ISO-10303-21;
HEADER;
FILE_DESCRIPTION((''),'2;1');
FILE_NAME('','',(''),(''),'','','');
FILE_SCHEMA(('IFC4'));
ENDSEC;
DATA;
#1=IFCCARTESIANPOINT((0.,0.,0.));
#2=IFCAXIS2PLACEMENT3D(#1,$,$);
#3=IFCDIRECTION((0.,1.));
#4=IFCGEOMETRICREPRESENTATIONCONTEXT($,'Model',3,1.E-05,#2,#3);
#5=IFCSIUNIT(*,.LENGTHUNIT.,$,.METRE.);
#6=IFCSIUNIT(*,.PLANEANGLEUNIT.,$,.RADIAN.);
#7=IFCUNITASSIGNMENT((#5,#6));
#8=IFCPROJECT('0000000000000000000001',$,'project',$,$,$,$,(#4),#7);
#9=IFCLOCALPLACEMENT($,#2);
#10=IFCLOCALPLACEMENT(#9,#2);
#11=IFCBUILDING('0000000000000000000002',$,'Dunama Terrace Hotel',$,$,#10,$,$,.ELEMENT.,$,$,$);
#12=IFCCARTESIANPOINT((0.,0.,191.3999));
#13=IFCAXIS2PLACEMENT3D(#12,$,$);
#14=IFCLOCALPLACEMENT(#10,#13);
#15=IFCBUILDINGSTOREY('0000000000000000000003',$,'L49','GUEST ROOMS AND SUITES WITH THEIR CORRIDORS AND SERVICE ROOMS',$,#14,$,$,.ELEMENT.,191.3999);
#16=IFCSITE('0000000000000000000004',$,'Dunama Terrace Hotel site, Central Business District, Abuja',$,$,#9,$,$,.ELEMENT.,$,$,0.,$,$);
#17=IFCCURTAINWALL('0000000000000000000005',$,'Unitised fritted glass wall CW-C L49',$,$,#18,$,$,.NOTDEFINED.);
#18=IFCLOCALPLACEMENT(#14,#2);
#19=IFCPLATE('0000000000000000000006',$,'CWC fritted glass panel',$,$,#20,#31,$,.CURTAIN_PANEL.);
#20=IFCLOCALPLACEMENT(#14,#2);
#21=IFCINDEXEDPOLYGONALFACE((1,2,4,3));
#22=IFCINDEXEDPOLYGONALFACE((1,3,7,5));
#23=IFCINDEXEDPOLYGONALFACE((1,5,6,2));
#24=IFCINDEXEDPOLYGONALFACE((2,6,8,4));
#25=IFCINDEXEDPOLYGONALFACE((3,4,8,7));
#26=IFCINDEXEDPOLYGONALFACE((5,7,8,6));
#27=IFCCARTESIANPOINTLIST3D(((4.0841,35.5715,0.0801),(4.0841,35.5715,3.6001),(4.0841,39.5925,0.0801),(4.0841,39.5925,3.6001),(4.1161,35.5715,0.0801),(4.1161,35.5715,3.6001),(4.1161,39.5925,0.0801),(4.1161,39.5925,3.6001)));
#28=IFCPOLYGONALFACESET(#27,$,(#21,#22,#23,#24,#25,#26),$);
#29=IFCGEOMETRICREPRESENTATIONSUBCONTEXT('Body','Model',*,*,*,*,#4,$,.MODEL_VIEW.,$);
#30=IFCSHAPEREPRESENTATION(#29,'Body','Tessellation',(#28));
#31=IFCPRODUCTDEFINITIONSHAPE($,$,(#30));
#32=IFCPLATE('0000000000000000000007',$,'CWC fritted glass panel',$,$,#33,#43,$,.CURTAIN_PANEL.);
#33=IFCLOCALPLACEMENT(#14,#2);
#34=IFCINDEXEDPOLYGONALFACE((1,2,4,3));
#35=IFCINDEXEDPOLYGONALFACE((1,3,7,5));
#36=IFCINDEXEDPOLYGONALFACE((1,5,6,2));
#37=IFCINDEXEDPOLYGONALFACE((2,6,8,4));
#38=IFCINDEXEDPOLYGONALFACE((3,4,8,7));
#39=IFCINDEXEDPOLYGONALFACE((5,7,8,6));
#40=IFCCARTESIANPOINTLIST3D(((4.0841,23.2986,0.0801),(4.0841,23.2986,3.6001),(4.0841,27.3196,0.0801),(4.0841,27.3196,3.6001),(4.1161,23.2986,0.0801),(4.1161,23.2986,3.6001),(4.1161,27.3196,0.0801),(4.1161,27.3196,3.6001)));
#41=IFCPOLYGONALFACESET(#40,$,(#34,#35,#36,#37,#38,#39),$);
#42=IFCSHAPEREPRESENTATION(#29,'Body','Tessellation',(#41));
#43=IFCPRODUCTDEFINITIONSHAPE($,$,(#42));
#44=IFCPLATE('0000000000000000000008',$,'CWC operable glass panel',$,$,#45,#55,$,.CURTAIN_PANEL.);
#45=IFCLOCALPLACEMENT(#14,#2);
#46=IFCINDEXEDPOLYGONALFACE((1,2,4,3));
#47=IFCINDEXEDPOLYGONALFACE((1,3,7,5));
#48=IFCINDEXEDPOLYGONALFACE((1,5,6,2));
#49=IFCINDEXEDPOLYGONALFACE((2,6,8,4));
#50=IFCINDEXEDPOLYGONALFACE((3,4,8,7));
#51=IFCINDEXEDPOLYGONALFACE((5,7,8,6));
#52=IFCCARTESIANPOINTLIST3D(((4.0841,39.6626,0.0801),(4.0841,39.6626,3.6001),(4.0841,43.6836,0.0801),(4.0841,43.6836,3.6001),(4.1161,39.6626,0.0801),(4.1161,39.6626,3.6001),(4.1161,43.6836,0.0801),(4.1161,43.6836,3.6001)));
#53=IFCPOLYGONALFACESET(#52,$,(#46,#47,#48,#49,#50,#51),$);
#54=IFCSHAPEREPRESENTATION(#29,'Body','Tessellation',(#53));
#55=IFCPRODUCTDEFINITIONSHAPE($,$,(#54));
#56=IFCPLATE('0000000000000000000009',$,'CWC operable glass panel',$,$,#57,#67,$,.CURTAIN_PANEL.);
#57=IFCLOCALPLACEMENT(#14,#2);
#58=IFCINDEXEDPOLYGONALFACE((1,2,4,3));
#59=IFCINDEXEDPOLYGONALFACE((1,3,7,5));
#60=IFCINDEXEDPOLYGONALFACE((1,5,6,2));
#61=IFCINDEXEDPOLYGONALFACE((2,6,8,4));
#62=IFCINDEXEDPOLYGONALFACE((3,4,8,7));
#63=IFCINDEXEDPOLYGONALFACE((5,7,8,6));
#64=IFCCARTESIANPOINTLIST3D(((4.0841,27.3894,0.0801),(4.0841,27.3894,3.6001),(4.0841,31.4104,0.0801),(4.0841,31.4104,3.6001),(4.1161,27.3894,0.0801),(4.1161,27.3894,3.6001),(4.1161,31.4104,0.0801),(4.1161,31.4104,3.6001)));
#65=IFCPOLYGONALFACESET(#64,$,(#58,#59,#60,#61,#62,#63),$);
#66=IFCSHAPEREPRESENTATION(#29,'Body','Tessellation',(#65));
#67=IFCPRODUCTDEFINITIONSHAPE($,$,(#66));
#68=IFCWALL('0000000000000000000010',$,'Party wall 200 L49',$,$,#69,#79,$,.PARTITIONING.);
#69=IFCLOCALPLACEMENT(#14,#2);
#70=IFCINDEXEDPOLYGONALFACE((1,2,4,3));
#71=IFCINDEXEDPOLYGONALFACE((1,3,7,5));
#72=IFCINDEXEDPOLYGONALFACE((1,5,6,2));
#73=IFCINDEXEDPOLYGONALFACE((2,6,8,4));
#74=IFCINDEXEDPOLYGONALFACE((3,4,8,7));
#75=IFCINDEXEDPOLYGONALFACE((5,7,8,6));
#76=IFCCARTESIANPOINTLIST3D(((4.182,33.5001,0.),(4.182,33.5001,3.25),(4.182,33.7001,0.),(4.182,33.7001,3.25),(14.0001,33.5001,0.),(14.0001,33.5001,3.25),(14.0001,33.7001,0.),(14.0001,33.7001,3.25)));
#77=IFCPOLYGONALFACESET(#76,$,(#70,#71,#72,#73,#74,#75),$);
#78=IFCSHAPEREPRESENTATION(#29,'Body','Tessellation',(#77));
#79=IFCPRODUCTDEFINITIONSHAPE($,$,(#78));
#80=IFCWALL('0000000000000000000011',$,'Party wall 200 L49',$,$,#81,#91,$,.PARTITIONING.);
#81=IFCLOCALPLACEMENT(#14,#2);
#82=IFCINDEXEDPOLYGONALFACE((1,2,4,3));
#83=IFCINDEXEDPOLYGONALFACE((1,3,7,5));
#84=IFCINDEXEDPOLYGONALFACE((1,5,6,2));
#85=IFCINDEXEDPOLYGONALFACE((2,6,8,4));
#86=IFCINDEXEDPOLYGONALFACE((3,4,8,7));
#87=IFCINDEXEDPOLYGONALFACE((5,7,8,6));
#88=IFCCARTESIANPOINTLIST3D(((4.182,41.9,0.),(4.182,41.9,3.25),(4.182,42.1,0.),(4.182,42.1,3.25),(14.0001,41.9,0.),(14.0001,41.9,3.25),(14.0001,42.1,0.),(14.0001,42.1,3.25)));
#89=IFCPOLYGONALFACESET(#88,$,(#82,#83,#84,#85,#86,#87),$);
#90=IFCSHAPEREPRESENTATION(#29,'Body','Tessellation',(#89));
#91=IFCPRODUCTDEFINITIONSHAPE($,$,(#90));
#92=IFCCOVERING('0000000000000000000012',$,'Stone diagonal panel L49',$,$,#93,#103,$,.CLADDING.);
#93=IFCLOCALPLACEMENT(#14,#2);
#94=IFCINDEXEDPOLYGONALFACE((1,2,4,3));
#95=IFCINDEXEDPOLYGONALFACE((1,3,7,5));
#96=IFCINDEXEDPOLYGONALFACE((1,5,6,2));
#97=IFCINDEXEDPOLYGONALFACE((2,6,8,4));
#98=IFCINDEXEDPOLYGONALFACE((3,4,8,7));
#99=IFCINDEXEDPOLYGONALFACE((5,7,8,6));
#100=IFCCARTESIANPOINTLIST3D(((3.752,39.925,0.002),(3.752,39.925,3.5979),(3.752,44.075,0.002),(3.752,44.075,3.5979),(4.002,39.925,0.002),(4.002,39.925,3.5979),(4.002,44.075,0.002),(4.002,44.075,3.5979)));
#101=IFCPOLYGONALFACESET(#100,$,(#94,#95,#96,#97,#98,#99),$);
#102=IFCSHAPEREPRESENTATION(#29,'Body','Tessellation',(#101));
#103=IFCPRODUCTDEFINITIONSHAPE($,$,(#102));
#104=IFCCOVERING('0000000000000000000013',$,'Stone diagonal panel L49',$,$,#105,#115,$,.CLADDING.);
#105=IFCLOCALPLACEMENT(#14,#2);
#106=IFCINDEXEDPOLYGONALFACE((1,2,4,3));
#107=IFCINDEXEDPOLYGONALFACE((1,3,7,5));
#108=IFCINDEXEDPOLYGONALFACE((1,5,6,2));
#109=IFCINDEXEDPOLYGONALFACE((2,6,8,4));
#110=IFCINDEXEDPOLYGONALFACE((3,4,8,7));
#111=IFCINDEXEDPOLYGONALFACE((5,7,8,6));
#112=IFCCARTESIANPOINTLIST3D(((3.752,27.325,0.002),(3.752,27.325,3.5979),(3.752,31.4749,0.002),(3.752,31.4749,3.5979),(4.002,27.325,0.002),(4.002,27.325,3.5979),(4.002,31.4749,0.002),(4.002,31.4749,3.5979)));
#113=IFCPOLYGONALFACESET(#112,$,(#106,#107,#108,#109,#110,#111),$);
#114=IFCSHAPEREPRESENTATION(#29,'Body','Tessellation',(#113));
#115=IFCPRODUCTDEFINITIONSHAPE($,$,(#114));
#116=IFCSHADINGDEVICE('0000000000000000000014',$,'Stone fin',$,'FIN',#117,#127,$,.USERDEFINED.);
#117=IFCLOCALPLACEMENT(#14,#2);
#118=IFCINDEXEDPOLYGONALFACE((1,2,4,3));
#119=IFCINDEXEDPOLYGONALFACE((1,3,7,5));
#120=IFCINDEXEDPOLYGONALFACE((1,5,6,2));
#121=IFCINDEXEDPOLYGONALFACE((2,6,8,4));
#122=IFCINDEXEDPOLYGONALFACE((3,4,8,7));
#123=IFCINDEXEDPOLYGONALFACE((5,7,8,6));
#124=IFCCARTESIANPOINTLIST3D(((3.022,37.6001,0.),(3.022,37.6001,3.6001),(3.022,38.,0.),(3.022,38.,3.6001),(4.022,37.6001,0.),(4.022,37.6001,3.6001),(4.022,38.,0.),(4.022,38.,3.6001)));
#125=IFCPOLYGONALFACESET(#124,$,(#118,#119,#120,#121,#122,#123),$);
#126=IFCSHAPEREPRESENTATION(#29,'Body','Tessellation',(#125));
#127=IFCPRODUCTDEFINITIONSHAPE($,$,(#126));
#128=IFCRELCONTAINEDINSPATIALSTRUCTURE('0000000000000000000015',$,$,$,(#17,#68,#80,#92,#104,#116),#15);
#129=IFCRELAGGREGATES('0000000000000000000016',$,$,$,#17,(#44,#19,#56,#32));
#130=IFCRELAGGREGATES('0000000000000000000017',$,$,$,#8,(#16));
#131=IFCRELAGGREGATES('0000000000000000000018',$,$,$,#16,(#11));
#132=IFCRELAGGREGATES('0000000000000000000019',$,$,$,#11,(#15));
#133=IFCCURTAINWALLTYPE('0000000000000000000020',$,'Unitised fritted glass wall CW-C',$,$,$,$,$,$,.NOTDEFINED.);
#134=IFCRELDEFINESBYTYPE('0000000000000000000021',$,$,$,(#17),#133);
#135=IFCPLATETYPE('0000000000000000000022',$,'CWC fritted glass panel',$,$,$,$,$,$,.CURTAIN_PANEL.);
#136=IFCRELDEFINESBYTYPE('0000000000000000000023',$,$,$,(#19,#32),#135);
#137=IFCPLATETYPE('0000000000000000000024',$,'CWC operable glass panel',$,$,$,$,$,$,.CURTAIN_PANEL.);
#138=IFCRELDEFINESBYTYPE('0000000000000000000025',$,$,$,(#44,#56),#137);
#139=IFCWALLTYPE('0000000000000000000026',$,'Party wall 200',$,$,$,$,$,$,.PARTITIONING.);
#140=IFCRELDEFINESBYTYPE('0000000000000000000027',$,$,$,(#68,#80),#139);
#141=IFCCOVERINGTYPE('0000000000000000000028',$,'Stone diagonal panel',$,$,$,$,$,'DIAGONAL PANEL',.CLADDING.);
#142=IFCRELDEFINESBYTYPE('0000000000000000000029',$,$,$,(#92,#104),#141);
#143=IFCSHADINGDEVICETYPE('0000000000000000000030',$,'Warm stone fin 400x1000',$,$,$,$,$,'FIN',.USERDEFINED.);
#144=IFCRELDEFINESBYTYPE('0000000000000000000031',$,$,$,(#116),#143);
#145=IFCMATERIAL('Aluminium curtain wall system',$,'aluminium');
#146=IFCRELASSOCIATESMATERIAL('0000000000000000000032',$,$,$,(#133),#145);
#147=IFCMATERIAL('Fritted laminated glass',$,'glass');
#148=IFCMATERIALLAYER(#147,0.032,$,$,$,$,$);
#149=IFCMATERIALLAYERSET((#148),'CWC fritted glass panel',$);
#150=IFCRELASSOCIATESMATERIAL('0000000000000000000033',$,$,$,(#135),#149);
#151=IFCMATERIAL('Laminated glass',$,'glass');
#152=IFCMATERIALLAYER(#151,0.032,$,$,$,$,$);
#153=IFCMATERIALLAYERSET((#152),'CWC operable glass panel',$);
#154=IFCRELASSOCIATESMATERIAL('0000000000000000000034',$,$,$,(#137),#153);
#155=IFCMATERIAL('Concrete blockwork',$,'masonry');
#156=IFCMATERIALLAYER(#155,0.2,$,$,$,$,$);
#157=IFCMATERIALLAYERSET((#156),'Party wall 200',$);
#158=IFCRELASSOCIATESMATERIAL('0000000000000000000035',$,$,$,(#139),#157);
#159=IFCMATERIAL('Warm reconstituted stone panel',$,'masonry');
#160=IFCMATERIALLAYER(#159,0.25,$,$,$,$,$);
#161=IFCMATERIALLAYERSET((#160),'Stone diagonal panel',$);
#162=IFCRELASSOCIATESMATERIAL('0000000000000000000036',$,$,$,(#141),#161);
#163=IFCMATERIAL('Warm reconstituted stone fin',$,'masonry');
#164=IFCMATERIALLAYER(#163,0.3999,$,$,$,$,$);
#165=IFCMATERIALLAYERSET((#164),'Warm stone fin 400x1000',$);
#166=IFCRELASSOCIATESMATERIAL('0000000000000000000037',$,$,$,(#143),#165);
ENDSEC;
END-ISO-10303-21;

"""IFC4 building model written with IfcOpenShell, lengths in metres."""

from ifc_helpers import new_model, si_unit, direction, frame, frame_2d, origin, origin_2d, place, context, subcontext, project, spatial, rectangle, extrude, material, layer, layer_set, type_object, element, aggregate, save


model = new_model("IFC4")

# Units and contexts
model_context = context("Model", 3, precision=1e-05, world=origin(), true_north=direction((0.0, 1.0)))
body_context = subcontext(model_context, "Body", "Model", "MODEL_VIEW")
ifc_project = project(units=[si_unit("LENGTHUNIT", "METRE"), si_unit("PLANEANGLEUNIT", "RADIAN")], contexts=[model_context])

# Site, building, storey
site_placement = place(None, origin())
site = spatial("IfcSite", under=ifc_project, at=site_placement, Name="Dunama Terrace Hotel site, Central Business District, Abuja", CompositionType="ELEMENT", RefElevation=0.0)
building_placement = place(site_placement, origin())
building = spatial("IfcBuilding", under=site, at=building_placement, Name="Dunama Terrace Hotel", CompositionType="ELEMENT")
storey_placement = place(building_placement, frame((0.0, 0.0, 191.3999)))
storey = spatial("IfcBuildingStorey", under=building, at=storey_placement, Name="L49", Description="GUEST ROOMS AND SUITES WITH THEIR CORRIDORS AND SERVICE ROOMS", CompositionType="ELEMENT", Elevation=191.3999)

# Curtain wall
ifc_material_1 = material(Name="Aluminium curtain wall system", Category="aluminium")
curtain_wall_type = type_object("IfcCurtainWallType", Name="Unitised fritted glass wall CW-C", PredefinedType="NOTDEFINED", material=ifc_material_1)
curtain_wall_placement = place(storey_placement, origin())
curtain_wall = element("IfcCurtainWall", 1, at=curtain_wall_placement, inside=storey, type_object=curtain_wall_type, Name="Unitised fritted glass wall CW-C L49", PredefinedType="NOTDEFINED")

# Plates
ifc_material_2 = material(Name="Fritted laminated glass", Category="glass")
ifc_layer_1 = layer(ifc_material_2, 0.032)
ifc_layer_set_1 = layer_set([ifc_layer_1], Name="CWC fritted glass panel")
plate_type_1 = type_object("IfcPlateType", Name="CWC fritted glass panel", PredefinedType="CURTAIN_PANEL", material=ifc_layer_set_1)
plate_1_placement = place(storey_placement, frame((4.1001, 37.582, 0.0801), z_axis=(0.0, 0.0, 1.0), x_axis=(0.0, -1.0, 0.0)))
plate_1 = element("IfcPlate", 2, at=plate_1_placement, type_object=plate_type_1, Name="CWC fritted glass panel", PredefinedType="CURTAIN_PANEL", context=body_context, shape_type="SweptSolid", body=[
    extrude(rectangle(XDim=4.021, YDim=0.032, at=origin_2d()), origin(), (0.0, 0.0, 1.0), 3.52),
])
plate_2_placement = place(storey_placement, frame((4.1001, 25.3091, 0.0801), z_axis=(0.0, 0.0, 1.0), x_axis=(0.0, -1.0, 0.0)))
plate_2 = element("IfcPlate", 3, at=plate_2_placement, type_object=plate_type_1, Name="CWC fritted glass panel", PredefinedType="CURTAIN_PANEL", context=body_context, shape_type="SweptSolid", body=[
    extrude(rectangle(XDim=4.021, YDim=0.032, at=origin_2d()), origin(), (0.0, 0.0, 1.0), 3.52),
])
ifc_material_3 = material(Name="Laminated glass", Category="glass")
ifc_layer_2 = layer(ifc_material_3, 0.032)
ifc_layer_set_2 = layer_set([ifc_layer_2], Name="CWC operable glass panel")
plate_type_2 = type_object("IfcPlateType", Name="CWC operable glass panel", PredefinedType="CURTAIN_PANEL", material=ifc_layer_set_2)
plate_3_placement = place(storey_placement, frame((4.1001, 41.6731, 0.0801), z_axis=(0.0, 0.0, 1.0), x_axis=(0.0, -1.0, 0.0)))
plate_3 = element("IfcPlate", 4, at=plate_3_placement, type_object=plate_type_2, Name="CWC operable glass panel", PredefinedType="CURTAIN_PANEL", context=body_context, shape_type="SweptSolid", body=[
    extrude(rectangle(XDim=4.021, YDim=0.032, at=origin_2d()), origin(), (0.0, 0.0, 1.0), 3.52),
])
plate_4_placement = place(storey_placement, frame((4.1001, 29.3999, 0.0801), z_axis=(0.0, 0.0, 1.0), x_axis=(0.0, -1.0, 0.0)))
plate_4 = element("IfcPlate", 5, at=plate_4_placement, type_object=plate_type_2, Name="CWC operable glass panel", PredefinedType="CURTAIN_PANEL", context=body_context, shape_type="SweptSolid", body=[
    extrude(rectangle(XDim=4.021, YDim=0.032, at=origin_2d()), origin(), (0.0, 0.0, 1.0), 3.52),
])
aggregate(curtain_wall, [plate_3, plate_1, plate_4, plate_2])

# Walls
ifc_material_4 = material(Name="Concrete blockwork", Category="masonry")
ifc_layer_3 = layer(ifc_material_4, 0.2)
ifc_layer_set_3 = layer_set([ifc_layer_3], Name="Party wall 200")
wall_type = type_object("IfcWallType", Name="Party wall 200", PredefinedType="PARTITIONING", material=ifc_layer_set_3)
for number, where, z_axis, x_axis, name in (
    (6, (4.1819, 33.6001, 0.0), (0.0, 0.0, 1.0), (1.0, 0.0, 0.0), "Party wall 200 L49"),
    (7, (4.1819, 42.0, 0.0), (0.0, 0.0, 1.0), (1.0, 0.0, 0.0), "Party wall 200 L49"),
):
    element("IfcWall", number, at=place(storey_placement, frame(where, z_axis=z_axis, x_axis=x_axis)), inside=storey, type_object=wall_type, Name=name, PredefinedType="PARTITIONING", context=body_context, shape_type="SweptSolid", body=[
        extrude(rectangle(XDim=9.8181, YDim=0.2, at=frame_2d((4.9092, 0.0))), origin(), (0.0, 0.0, 1.0), 3.25),
    ])

# Coverings
ifc_material_5 = material(Name="Warm reconstituted stone panel", Category="masonry")
ifc_layer_4 = layer(ifc_material_5, 0.25)
ifc_layer_set_4 = layer_set([ifc_layer_4], Name="Stone diagonal panel")
covering_type = type_object("IfcCoveringType", Name="Stone diagonal panel", ElementType="DIAGONAL PANEL", PredefinedType="CLADDING", material=ifc_layer_set_4)
for number, where, z_axis, x_axis, name in (
    (8, (3.877, 42.0, 0.002), (0.0, 0.0, 1.0), (0.0, -1.0, 0.0), "Stone diagonal panel L49"),
    (9, (3.877, 29.3999, 0.002), (0.0, 0.0, 1.0), (0.0, -1.0, 0.0), "Stone diagonal panel L49"),
):
    element("IfcCovering", number, at=place(storey_placement, frame(where, z_axis=z_axis, x_axis=x_axis)), inside=storey, type_object=covering_type, Name=name, PredefinedType="CLADDING", context=body_context, shape_type="SweptSolid", body=[
        extrude(rectangle(XDim=4.1499, YDim=0.25, at=origin_2d()), origin(), (0.0, 0.0, 1.0), 3.5959),
    ])

# Shading device
ifc_material_6 = material(Name="Warm reconstituted stone fin", Category="masonry")
ifc_layer_5 = layer(ifc_material_6, 0.3999)
ifc_layer_set_5 = layer_set([ifc_layer_5], Name="Warm stone fin 400x1000")
shading_device_type = type_object("IfcShadingDeviceType", Name="Warm stone fin 400x1000", ElementType="FIN", PredefinedType="USERDEFINED", material=ifc_layer_set_5)
shading_device_placement = place(storey_placement, frame((3.522, 37.8, 0.0), z_axis=(0.0, 0.0, 1.0), x_axis=(0.0, -1.0, 0.0)))
element("IfcShadingDevice", 10, at=shading_device_placement, inside=storey, type_object=shading_device_type, Name="Stone fin", ObjectType="FIN", PredefinedType="USERDEFINED", context=body_context, shape_type="SweptSolid", body=[
    extrude(rectangle(XDim=0.3999, YDim=1.0, at=origin_2d()), origin(), (0.0, 0.0, 1.0), 3.6001),
])

save(model, "model.ifc")
